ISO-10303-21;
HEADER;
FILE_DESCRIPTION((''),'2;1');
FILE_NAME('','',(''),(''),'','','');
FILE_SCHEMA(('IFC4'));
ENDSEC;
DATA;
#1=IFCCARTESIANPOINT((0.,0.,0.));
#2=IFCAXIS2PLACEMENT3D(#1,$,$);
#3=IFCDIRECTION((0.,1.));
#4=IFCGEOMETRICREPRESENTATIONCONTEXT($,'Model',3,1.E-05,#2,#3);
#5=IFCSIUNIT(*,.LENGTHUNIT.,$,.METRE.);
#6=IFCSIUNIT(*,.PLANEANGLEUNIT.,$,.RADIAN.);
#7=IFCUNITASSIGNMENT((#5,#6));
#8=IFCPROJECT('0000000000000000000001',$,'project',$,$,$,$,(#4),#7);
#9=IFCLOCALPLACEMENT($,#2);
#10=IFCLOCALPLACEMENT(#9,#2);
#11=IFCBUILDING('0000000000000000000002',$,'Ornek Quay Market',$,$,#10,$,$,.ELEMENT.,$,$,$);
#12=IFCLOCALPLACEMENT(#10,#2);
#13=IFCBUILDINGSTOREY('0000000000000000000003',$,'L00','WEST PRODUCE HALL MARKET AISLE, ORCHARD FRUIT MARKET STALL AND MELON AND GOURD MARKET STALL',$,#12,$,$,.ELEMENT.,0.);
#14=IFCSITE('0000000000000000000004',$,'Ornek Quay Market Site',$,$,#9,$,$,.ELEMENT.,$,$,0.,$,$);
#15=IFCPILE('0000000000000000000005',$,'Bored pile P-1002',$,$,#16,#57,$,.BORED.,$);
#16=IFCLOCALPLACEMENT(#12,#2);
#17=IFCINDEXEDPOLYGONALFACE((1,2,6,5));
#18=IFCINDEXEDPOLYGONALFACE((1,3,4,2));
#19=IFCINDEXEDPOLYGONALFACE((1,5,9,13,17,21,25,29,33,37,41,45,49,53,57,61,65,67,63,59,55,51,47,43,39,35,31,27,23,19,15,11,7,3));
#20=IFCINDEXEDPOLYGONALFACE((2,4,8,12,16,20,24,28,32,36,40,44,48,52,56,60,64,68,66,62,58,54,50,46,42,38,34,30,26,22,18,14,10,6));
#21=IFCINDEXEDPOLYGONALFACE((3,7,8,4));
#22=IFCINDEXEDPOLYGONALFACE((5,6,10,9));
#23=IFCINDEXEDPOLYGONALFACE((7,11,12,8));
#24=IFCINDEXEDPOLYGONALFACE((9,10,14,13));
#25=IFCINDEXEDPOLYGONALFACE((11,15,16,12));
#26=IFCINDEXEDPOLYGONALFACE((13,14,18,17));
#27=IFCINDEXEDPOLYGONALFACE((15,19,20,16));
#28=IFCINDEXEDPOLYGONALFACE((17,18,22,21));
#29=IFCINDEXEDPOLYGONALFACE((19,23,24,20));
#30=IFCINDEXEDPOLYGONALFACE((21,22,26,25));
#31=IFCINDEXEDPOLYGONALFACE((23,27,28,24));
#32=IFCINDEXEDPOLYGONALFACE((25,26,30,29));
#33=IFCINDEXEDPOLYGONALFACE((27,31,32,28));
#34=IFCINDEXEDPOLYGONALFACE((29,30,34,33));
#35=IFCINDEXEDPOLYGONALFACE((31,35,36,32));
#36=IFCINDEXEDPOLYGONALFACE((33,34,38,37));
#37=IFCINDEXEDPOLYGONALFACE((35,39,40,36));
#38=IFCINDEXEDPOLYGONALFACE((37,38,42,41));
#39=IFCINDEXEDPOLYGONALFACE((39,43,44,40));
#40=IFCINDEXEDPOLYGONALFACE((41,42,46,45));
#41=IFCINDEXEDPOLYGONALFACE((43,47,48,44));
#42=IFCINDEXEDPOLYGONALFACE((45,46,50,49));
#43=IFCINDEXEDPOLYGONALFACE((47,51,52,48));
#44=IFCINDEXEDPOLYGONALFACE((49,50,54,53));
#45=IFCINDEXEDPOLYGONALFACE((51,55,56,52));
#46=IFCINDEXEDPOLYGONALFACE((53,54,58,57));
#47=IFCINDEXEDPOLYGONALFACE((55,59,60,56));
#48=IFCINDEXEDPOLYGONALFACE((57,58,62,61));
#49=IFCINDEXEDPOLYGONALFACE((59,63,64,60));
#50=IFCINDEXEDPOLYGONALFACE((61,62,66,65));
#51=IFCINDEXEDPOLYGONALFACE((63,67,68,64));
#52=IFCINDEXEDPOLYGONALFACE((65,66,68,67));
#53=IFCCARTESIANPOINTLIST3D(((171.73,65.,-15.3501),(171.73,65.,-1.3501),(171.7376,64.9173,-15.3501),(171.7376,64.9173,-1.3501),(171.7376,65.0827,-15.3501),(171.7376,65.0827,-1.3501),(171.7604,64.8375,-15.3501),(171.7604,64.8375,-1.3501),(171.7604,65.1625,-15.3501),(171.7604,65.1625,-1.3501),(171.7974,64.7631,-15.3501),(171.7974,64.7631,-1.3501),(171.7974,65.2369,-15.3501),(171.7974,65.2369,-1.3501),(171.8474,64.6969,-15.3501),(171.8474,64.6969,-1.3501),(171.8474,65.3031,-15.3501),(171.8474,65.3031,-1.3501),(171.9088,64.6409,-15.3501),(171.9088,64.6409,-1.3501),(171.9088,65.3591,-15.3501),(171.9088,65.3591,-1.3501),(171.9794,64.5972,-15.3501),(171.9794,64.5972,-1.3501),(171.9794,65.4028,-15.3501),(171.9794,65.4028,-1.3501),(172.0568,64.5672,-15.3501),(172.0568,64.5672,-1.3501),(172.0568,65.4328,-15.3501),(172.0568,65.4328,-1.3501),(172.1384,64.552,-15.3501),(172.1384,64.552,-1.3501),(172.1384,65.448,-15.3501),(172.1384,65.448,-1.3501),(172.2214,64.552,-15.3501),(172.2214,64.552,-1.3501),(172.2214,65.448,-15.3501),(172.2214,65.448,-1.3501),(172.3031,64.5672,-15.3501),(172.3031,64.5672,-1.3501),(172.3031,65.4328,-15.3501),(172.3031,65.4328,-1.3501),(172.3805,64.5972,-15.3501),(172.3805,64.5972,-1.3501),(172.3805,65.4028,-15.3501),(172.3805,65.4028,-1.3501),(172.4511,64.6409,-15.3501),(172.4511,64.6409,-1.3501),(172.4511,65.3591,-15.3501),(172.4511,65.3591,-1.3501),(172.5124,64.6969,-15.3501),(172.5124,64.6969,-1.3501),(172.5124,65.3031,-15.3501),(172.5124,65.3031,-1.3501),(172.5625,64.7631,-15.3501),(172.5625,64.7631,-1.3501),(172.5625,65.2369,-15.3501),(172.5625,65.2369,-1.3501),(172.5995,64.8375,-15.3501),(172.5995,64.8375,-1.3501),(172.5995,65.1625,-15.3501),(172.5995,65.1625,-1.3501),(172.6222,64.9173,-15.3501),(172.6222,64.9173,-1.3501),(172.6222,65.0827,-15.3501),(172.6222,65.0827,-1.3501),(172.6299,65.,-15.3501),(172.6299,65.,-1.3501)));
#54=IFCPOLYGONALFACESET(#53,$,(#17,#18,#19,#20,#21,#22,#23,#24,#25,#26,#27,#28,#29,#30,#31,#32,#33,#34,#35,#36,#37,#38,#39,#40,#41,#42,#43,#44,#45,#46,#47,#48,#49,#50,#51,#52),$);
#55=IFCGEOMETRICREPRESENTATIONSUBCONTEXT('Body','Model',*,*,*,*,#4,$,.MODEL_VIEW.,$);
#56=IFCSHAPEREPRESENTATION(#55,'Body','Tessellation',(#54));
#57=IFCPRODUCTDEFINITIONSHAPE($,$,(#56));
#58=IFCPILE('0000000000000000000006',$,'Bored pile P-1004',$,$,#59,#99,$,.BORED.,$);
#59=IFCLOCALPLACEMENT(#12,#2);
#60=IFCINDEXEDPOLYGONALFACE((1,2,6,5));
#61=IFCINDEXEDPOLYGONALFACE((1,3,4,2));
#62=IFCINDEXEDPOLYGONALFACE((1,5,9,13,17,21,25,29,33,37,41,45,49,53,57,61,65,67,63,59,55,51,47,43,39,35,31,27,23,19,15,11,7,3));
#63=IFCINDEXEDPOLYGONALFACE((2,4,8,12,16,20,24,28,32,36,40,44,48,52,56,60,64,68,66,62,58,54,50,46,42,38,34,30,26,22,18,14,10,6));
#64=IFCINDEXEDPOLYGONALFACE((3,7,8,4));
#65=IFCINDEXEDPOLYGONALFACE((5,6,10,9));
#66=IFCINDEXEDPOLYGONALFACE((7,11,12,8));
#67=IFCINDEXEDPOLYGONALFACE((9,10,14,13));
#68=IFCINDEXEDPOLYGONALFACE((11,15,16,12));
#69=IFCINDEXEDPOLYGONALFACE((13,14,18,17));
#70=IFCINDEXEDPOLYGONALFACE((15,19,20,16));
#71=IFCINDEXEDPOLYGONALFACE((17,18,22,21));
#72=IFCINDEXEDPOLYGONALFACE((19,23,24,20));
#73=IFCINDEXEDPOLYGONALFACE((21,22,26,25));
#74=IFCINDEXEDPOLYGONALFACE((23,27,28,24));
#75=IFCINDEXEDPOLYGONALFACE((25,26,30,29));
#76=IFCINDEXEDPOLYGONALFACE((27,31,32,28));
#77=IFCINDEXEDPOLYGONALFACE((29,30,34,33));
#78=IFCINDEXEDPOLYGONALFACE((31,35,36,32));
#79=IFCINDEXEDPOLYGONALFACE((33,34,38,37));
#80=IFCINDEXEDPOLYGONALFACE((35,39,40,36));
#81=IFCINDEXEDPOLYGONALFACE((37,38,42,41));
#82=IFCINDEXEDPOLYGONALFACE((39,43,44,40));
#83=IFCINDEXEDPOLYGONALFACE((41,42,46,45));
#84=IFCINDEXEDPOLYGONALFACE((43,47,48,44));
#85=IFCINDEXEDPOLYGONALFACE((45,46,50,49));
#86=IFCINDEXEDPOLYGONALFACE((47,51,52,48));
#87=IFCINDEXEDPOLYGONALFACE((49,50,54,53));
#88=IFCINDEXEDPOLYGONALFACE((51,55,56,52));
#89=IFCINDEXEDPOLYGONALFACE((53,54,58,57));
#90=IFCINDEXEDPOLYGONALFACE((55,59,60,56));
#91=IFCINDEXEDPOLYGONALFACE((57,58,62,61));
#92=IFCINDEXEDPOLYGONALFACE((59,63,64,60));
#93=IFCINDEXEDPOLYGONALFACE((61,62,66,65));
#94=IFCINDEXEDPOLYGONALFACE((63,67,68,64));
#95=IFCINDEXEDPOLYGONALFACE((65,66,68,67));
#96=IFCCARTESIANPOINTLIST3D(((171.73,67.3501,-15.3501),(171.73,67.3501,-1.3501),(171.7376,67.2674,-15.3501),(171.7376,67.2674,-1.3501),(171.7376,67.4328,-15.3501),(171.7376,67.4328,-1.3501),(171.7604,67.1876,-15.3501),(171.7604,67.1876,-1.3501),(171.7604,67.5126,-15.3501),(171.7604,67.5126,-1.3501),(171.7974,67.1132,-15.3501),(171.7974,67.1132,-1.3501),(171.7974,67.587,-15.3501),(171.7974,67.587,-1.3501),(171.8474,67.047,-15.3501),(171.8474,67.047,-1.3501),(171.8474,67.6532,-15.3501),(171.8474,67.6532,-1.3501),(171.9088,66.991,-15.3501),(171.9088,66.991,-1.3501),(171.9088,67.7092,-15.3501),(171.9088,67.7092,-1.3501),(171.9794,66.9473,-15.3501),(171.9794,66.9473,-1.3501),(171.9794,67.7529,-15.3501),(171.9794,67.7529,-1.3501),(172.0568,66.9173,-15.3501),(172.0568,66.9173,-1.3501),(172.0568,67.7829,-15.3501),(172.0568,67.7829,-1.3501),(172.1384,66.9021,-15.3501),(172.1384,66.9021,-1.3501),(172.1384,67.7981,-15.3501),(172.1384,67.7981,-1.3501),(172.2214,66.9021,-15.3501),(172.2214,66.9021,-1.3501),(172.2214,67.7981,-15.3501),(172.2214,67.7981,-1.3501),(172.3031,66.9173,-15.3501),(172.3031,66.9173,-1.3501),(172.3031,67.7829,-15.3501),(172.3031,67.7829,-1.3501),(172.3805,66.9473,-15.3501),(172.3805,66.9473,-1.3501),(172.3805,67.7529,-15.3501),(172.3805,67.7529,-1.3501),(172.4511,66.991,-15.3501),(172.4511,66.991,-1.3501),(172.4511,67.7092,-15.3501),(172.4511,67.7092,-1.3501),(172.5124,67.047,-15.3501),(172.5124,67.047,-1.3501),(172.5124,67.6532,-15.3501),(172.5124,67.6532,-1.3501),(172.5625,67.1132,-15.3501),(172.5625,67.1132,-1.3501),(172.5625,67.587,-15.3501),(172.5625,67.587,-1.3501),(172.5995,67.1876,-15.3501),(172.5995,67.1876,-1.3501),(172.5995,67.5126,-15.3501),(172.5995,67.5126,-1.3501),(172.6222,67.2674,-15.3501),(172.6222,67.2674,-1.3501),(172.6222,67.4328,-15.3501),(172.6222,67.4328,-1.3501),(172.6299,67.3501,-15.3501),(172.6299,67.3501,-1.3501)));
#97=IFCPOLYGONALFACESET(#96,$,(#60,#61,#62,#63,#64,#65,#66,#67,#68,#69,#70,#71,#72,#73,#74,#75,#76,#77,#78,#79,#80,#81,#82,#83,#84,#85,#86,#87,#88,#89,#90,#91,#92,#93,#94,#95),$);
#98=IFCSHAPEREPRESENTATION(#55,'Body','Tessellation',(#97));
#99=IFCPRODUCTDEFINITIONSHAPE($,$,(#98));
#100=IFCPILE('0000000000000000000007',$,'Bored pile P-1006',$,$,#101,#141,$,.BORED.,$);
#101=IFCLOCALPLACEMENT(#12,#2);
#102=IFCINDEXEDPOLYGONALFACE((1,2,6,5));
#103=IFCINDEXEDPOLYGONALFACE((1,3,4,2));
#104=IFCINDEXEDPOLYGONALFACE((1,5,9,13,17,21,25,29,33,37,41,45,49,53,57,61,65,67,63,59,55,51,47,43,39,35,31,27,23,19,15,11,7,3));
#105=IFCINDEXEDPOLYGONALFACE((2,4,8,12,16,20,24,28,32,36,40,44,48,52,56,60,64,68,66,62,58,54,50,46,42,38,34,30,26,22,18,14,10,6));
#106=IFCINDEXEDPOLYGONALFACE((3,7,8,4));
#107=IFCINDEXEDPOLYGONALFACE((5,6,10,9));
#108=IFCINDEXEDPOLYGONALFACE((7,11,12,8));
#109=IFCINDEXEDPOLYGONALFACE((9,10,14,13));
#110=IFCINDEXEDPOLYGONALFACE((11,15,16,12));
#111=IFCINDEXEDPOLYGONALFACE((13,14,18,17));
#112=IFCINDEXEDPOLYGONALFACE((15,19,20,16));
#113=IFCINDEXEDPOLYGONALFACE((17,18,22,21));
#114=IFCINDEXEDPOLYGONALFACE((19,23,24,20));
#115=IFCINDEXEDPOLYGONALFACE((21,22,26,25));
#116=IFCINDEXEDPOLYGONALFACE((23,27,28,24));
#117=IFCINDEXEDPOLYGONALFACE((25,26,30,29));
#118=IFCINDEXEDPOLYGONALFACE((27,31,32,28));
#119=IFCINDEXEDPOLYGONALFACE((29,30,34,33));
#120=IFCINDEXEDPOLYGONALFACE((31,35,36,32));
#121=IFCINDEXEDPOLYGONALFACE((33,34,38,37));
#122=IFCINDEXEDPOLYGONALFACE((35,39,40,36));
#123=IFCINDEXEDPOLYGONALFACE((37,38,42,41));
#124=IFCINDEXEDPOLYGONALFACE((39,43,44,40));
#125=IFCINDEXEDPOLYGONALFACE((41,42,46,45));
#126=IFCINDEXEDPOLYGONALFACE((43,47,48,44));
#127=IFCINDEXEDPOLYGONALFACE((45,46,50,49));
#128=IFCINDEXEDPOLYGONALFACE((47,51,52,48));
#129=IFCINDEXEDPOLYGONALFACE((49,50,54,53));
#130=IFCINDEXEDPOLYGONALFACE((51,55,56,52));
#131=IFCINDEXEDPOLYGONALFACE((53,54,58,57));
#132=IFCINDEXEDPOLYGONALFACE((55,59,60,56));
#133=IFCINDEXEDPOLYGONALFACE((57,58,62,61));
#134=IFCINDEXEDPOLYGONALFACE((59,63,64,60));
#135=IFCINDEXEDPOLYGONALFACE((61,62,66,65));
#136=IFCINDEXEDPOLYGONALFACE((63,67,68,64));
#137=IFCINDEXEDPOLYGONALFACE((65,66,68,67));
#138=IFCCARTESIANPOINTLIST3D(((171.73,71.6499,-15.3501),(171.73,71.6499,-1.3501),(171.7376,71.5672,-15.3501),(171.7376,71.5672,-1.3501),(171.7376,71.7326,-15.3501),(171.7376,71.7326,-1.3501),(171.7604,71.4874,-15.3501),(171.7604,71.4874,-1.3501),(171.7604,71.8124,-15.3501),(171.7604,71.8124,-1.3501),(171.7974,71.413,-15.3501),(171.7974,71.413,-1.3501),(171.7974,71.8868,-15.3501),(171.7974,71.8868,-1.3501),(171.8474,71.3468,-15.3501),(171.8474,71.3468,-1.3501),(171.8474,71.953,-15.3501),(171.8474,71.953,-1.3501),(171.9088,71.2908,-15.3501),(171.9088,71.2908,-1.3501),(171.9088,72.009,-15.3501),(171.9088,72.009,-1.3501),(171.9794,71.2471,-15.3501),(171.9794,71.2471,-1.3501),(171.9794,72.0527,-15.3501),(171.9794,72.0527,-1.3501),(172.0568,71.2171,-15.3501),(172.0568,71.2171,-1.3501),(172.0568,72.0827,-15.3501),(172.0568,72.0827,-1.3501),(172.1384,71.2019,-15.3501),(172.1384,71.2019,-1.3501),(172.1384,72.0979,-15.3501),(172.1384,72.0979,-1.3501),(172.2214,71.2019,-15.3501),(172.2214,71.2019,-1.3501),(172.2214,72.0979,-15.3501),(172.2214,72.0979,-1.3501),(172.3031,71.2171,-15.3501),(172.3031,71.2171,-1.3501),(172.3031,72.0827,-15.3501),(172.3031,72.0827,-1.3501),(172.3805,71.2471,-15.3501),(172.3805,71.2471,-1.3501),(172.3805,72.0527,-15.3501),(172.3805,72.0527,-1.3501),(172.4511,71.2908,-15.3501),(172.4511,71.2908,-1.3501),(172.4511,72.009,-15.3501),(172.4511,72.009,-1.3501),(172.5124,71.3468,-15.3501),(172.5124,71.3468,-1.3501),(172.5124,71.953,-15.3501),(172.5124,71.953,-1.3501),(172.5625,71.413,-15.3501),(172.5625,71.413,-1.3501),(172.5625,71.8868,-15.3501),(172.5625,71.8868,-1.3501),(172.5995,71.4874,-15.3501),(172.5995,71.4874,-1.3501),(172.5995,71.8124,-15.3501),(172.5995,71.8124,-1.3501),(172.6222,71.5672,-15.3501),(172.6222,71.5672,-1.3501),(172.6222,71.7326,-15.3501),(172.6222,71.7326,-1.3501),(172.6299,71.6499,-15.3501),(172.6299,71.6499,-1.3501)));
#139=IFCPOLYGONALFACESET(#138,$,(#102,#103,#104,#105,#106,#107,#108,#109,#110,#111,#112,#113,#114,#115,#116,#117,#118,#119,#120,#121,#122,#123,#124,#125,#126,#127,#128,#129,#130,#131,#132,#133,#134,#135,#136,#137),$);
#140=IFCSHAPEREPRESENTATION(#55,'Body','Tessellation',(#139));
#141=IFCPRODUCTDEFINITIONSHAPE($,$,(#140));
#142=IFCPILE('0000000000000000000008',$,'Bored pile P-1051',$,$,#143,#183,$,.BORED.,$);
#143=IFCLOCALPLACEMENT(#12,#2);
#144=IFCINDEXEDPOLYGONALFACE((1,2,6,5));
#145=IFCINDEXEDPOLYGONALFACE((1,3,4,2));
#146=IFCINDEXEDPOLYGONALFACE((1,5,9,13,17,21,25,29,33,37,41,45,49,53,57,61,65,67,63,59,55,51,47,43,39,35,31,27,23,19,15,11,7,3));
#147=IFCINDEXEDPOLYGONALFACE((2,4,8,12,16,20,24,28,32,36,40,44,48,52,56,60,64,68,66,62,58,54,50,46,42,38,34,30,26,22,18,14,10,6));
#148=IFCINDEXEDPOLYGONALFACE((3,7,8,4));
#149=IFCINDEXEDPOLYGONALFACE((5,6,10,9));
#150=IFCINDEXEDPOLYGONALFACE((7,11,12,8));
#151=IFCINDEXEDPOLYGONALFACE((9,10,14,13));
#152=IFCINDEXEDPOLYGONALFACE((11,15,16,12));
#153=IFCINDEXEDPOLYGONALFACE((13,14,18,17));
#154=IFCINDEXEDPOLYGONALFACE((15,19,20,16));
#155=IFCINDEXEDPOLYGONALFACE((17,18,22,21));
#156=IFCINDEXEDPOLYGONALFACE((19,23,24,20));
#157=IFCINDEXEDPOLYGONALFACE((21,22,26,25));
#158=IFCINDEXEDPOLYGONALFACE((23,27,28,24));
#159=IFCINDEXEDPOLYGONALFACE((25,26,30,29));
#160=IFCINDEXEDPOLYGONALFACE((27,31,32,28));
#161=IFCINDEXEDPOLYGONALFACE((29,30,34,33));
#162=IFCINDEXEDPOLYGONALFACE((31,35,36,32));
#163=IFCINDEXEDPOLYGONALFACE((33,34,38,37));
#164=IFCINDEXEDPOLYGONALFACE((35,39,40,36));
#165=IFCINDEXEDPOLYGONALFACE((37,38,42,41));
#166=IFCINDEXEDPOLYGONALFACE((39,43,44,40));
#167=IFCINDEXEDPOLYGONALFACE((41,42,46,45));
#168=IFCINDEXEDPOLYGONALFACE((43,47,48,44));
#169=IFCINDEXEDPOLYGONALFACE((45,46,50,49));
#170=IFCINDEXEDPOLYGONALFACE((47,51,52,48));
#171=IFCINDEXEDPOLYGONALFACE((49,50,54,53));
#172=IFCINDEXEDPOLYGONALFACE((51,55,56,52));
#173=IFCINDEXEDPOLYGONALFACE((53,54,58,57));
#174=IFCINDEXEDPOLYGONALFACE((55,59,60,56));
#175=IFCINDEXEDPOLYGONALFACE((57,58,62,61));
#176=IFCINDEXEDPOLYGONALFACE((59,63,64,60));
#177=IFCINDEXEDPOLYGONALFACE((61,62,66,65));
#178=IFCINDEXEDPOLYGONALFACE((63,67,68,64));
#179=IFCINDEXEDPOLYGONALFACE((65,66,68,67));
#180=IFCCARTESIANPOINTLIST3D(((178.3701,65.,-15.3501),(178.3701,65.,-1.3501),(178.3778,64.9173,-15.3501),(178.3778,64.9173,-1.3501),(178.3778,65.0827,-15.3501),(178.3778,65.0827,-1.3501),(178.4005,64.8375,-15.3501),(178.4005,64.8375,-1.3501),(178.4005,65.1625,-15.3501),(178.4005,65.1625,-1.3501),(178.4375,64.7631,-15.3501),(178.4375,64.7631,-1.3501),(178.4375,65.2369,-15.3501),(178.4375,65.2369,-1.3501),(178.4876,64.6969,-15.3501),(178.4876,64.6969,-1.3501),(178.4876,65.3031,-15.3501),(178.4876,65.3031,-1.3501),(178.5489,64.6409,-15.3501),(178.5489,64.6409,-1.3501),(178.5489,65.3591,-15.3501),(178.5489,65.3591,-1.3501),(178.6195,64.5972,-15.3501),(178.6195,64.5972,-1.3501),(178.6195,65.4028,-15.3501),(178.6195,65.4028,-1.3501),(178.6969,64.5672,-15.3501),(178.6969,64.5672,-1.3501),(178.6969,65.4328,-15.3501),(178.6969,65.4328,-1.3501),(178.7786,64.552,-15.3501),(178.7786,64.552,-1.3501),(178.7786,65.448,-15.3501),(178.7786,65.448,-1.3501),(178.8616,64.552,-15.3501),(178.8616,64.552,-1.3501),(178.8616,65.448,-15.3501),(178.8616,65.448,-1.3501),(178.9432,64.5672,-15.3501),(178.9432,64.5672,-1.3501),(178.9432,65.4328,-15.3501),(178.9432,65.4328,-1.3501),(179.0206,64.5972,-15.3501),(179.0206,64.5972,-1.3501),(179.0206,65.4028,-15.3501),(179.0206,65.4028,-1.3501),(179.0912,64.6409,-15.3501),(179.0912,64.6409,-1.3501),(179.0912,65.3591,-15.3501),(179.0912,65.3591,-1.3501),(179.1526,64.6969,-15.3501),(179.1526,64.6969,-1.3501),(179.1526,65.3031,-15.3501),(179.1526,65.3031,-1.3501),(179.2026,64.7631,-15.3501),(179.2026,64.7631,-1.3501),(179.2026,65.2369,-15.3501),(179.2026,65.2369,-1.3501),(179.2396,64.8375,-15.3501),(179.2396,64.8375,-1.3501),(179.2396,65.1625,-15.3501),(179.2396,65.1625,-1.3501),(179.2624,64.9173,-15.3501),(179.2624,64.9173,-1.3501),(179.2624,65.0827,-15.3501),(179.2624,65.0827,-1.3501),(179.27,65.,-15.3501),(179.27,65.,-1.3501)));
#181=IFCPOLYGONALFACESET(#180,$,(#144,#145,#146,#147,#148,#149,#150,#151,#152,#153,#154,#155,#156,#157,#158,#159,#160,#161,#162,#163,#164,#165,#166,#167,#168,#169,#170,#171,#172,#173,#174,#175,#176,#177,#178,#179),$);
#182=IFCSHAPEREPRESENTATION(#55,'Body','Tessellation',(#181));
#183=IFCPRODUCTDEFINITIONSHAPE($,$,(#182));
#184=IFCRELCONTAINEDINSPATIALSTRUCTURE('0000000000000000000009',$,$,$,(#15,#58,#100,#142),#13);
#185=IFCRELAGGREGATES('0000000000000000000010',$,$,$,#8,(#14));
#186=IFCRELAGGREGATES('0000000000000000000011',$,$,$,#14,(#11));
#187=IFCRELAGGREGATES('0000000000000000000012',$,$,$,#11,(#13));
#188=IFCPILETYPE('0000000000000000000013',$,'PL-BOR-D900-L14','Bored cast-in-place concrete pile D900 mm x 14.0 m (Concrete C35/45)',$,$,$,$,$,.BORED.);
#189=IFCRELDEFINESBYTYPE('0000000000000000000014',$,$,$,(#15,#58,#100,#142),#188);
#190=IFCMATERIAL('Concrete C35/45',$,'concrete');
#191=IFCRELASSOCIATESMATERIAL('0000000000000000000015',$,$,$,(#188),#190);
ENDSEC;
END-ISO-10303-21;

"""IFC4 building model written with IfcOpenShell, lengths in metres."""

from ifc_helpers import new_model, si_unit, direction, frame, origin, origin_2d, place, context, subcontext, project, spatial, circle, extrude, material, material_profile, profile_set, type_object, element, save


model = new_model("IFC4")

# Units and contexts
model_context = context("Model", 3, precision=1e-05, world=origin(), true_north=direction((0.0, 1.0)))
body_context = subcontext(model_context, "Body", "Model", "MODEL_VIEW")
ifc_project = project(units=[si_unit("LENGTHUNIT", "METRE"), si_unit("PLANEANGLEUNIT", "RADIAN")], contexts=[model_context])

# Site, building, storey
site_placement = place(None, origin())
site = spatial("IfcSite", under=ifc_project, at=site_placement, Name="Ornek Quay Market Site", CompositionType="ELEMENT", RefElevation=0.0)
building_placement = place(site_placement, origin())
building = spatial("IfcBuilding", under=site, at=building_placement, Name="Ornek Quay Market", CompositionType="ELEMENT")
storey_placement = place(building_placement, origin())
storey = spatial("IfcBuildingStorey", under=building, at=storey_placement, Name="L00", Description="WEST PRODUCE HALL MARKET AISLE, ORCHARD FRUIT MARKET STALL AND MELON AND GOURD MARKET STALL", CompositionType="ELEMENT", Elevation=0.0)

# Piles
ifc_material_1 = material(Name="Concrete C35/45", Category="concrete")
ifc_material_profile_1 = material_profile(ifc_material_1, circle(Radius=0.45, at=origin_2d()), Name="PILE D900", Category="concrete")
ifc_profile_set_1 = profile_set([ifc_material_profile_1], Name="Concrete C35/45")
pile_type = type_object("IfcPileType", Name="PL-BOR-D900-L14", Description="Bored cast-in-place concrete pile D900 mm x 14.0 m (Concrete C35/45)", PredefinedType="BORED", material=ifc_profile_set_1)
for number, where, z_axis, x_axis, name in (
    (1, (172.1799, 65.0, -1.3501), (0.0, 0.0, -1.0), (1.0, 0.0, 0.0), "Bored pile P-1002"),
    (2, (172.1799, 67.3501, -1.3501), (0.0, 0.0, -1.0), (1.0, 0.0, 0.0), "Bored pile P-1004"),
    (3, (172.1799, 71.6499, -1.3501), (0.0, 0.0, -1.0), (1.0, 0.0, 0.0), "Bored pile P-1006"),
    (4, (178.8201, 65.0, -1.3501), (0.0, 0.0, -1.0), (1.0, 0.0, 0.0), "Bored pile P-1051"),
):
    element("IfcPile", number, at=place(storey_placement, frame(where, z_axis=z_axis, x_axis=x_axis)), inside=storey, type_object=pile_type, Name=name, PredefinedType="BORED", context=body_context, shape_type="SweptSolid", body=[
        extrude(circle(Radius=0.45, at=origin_2d()), origin(), (0.0, 0.0, 1.0), 14.0),
    ])

save(model, "model.ifc")
